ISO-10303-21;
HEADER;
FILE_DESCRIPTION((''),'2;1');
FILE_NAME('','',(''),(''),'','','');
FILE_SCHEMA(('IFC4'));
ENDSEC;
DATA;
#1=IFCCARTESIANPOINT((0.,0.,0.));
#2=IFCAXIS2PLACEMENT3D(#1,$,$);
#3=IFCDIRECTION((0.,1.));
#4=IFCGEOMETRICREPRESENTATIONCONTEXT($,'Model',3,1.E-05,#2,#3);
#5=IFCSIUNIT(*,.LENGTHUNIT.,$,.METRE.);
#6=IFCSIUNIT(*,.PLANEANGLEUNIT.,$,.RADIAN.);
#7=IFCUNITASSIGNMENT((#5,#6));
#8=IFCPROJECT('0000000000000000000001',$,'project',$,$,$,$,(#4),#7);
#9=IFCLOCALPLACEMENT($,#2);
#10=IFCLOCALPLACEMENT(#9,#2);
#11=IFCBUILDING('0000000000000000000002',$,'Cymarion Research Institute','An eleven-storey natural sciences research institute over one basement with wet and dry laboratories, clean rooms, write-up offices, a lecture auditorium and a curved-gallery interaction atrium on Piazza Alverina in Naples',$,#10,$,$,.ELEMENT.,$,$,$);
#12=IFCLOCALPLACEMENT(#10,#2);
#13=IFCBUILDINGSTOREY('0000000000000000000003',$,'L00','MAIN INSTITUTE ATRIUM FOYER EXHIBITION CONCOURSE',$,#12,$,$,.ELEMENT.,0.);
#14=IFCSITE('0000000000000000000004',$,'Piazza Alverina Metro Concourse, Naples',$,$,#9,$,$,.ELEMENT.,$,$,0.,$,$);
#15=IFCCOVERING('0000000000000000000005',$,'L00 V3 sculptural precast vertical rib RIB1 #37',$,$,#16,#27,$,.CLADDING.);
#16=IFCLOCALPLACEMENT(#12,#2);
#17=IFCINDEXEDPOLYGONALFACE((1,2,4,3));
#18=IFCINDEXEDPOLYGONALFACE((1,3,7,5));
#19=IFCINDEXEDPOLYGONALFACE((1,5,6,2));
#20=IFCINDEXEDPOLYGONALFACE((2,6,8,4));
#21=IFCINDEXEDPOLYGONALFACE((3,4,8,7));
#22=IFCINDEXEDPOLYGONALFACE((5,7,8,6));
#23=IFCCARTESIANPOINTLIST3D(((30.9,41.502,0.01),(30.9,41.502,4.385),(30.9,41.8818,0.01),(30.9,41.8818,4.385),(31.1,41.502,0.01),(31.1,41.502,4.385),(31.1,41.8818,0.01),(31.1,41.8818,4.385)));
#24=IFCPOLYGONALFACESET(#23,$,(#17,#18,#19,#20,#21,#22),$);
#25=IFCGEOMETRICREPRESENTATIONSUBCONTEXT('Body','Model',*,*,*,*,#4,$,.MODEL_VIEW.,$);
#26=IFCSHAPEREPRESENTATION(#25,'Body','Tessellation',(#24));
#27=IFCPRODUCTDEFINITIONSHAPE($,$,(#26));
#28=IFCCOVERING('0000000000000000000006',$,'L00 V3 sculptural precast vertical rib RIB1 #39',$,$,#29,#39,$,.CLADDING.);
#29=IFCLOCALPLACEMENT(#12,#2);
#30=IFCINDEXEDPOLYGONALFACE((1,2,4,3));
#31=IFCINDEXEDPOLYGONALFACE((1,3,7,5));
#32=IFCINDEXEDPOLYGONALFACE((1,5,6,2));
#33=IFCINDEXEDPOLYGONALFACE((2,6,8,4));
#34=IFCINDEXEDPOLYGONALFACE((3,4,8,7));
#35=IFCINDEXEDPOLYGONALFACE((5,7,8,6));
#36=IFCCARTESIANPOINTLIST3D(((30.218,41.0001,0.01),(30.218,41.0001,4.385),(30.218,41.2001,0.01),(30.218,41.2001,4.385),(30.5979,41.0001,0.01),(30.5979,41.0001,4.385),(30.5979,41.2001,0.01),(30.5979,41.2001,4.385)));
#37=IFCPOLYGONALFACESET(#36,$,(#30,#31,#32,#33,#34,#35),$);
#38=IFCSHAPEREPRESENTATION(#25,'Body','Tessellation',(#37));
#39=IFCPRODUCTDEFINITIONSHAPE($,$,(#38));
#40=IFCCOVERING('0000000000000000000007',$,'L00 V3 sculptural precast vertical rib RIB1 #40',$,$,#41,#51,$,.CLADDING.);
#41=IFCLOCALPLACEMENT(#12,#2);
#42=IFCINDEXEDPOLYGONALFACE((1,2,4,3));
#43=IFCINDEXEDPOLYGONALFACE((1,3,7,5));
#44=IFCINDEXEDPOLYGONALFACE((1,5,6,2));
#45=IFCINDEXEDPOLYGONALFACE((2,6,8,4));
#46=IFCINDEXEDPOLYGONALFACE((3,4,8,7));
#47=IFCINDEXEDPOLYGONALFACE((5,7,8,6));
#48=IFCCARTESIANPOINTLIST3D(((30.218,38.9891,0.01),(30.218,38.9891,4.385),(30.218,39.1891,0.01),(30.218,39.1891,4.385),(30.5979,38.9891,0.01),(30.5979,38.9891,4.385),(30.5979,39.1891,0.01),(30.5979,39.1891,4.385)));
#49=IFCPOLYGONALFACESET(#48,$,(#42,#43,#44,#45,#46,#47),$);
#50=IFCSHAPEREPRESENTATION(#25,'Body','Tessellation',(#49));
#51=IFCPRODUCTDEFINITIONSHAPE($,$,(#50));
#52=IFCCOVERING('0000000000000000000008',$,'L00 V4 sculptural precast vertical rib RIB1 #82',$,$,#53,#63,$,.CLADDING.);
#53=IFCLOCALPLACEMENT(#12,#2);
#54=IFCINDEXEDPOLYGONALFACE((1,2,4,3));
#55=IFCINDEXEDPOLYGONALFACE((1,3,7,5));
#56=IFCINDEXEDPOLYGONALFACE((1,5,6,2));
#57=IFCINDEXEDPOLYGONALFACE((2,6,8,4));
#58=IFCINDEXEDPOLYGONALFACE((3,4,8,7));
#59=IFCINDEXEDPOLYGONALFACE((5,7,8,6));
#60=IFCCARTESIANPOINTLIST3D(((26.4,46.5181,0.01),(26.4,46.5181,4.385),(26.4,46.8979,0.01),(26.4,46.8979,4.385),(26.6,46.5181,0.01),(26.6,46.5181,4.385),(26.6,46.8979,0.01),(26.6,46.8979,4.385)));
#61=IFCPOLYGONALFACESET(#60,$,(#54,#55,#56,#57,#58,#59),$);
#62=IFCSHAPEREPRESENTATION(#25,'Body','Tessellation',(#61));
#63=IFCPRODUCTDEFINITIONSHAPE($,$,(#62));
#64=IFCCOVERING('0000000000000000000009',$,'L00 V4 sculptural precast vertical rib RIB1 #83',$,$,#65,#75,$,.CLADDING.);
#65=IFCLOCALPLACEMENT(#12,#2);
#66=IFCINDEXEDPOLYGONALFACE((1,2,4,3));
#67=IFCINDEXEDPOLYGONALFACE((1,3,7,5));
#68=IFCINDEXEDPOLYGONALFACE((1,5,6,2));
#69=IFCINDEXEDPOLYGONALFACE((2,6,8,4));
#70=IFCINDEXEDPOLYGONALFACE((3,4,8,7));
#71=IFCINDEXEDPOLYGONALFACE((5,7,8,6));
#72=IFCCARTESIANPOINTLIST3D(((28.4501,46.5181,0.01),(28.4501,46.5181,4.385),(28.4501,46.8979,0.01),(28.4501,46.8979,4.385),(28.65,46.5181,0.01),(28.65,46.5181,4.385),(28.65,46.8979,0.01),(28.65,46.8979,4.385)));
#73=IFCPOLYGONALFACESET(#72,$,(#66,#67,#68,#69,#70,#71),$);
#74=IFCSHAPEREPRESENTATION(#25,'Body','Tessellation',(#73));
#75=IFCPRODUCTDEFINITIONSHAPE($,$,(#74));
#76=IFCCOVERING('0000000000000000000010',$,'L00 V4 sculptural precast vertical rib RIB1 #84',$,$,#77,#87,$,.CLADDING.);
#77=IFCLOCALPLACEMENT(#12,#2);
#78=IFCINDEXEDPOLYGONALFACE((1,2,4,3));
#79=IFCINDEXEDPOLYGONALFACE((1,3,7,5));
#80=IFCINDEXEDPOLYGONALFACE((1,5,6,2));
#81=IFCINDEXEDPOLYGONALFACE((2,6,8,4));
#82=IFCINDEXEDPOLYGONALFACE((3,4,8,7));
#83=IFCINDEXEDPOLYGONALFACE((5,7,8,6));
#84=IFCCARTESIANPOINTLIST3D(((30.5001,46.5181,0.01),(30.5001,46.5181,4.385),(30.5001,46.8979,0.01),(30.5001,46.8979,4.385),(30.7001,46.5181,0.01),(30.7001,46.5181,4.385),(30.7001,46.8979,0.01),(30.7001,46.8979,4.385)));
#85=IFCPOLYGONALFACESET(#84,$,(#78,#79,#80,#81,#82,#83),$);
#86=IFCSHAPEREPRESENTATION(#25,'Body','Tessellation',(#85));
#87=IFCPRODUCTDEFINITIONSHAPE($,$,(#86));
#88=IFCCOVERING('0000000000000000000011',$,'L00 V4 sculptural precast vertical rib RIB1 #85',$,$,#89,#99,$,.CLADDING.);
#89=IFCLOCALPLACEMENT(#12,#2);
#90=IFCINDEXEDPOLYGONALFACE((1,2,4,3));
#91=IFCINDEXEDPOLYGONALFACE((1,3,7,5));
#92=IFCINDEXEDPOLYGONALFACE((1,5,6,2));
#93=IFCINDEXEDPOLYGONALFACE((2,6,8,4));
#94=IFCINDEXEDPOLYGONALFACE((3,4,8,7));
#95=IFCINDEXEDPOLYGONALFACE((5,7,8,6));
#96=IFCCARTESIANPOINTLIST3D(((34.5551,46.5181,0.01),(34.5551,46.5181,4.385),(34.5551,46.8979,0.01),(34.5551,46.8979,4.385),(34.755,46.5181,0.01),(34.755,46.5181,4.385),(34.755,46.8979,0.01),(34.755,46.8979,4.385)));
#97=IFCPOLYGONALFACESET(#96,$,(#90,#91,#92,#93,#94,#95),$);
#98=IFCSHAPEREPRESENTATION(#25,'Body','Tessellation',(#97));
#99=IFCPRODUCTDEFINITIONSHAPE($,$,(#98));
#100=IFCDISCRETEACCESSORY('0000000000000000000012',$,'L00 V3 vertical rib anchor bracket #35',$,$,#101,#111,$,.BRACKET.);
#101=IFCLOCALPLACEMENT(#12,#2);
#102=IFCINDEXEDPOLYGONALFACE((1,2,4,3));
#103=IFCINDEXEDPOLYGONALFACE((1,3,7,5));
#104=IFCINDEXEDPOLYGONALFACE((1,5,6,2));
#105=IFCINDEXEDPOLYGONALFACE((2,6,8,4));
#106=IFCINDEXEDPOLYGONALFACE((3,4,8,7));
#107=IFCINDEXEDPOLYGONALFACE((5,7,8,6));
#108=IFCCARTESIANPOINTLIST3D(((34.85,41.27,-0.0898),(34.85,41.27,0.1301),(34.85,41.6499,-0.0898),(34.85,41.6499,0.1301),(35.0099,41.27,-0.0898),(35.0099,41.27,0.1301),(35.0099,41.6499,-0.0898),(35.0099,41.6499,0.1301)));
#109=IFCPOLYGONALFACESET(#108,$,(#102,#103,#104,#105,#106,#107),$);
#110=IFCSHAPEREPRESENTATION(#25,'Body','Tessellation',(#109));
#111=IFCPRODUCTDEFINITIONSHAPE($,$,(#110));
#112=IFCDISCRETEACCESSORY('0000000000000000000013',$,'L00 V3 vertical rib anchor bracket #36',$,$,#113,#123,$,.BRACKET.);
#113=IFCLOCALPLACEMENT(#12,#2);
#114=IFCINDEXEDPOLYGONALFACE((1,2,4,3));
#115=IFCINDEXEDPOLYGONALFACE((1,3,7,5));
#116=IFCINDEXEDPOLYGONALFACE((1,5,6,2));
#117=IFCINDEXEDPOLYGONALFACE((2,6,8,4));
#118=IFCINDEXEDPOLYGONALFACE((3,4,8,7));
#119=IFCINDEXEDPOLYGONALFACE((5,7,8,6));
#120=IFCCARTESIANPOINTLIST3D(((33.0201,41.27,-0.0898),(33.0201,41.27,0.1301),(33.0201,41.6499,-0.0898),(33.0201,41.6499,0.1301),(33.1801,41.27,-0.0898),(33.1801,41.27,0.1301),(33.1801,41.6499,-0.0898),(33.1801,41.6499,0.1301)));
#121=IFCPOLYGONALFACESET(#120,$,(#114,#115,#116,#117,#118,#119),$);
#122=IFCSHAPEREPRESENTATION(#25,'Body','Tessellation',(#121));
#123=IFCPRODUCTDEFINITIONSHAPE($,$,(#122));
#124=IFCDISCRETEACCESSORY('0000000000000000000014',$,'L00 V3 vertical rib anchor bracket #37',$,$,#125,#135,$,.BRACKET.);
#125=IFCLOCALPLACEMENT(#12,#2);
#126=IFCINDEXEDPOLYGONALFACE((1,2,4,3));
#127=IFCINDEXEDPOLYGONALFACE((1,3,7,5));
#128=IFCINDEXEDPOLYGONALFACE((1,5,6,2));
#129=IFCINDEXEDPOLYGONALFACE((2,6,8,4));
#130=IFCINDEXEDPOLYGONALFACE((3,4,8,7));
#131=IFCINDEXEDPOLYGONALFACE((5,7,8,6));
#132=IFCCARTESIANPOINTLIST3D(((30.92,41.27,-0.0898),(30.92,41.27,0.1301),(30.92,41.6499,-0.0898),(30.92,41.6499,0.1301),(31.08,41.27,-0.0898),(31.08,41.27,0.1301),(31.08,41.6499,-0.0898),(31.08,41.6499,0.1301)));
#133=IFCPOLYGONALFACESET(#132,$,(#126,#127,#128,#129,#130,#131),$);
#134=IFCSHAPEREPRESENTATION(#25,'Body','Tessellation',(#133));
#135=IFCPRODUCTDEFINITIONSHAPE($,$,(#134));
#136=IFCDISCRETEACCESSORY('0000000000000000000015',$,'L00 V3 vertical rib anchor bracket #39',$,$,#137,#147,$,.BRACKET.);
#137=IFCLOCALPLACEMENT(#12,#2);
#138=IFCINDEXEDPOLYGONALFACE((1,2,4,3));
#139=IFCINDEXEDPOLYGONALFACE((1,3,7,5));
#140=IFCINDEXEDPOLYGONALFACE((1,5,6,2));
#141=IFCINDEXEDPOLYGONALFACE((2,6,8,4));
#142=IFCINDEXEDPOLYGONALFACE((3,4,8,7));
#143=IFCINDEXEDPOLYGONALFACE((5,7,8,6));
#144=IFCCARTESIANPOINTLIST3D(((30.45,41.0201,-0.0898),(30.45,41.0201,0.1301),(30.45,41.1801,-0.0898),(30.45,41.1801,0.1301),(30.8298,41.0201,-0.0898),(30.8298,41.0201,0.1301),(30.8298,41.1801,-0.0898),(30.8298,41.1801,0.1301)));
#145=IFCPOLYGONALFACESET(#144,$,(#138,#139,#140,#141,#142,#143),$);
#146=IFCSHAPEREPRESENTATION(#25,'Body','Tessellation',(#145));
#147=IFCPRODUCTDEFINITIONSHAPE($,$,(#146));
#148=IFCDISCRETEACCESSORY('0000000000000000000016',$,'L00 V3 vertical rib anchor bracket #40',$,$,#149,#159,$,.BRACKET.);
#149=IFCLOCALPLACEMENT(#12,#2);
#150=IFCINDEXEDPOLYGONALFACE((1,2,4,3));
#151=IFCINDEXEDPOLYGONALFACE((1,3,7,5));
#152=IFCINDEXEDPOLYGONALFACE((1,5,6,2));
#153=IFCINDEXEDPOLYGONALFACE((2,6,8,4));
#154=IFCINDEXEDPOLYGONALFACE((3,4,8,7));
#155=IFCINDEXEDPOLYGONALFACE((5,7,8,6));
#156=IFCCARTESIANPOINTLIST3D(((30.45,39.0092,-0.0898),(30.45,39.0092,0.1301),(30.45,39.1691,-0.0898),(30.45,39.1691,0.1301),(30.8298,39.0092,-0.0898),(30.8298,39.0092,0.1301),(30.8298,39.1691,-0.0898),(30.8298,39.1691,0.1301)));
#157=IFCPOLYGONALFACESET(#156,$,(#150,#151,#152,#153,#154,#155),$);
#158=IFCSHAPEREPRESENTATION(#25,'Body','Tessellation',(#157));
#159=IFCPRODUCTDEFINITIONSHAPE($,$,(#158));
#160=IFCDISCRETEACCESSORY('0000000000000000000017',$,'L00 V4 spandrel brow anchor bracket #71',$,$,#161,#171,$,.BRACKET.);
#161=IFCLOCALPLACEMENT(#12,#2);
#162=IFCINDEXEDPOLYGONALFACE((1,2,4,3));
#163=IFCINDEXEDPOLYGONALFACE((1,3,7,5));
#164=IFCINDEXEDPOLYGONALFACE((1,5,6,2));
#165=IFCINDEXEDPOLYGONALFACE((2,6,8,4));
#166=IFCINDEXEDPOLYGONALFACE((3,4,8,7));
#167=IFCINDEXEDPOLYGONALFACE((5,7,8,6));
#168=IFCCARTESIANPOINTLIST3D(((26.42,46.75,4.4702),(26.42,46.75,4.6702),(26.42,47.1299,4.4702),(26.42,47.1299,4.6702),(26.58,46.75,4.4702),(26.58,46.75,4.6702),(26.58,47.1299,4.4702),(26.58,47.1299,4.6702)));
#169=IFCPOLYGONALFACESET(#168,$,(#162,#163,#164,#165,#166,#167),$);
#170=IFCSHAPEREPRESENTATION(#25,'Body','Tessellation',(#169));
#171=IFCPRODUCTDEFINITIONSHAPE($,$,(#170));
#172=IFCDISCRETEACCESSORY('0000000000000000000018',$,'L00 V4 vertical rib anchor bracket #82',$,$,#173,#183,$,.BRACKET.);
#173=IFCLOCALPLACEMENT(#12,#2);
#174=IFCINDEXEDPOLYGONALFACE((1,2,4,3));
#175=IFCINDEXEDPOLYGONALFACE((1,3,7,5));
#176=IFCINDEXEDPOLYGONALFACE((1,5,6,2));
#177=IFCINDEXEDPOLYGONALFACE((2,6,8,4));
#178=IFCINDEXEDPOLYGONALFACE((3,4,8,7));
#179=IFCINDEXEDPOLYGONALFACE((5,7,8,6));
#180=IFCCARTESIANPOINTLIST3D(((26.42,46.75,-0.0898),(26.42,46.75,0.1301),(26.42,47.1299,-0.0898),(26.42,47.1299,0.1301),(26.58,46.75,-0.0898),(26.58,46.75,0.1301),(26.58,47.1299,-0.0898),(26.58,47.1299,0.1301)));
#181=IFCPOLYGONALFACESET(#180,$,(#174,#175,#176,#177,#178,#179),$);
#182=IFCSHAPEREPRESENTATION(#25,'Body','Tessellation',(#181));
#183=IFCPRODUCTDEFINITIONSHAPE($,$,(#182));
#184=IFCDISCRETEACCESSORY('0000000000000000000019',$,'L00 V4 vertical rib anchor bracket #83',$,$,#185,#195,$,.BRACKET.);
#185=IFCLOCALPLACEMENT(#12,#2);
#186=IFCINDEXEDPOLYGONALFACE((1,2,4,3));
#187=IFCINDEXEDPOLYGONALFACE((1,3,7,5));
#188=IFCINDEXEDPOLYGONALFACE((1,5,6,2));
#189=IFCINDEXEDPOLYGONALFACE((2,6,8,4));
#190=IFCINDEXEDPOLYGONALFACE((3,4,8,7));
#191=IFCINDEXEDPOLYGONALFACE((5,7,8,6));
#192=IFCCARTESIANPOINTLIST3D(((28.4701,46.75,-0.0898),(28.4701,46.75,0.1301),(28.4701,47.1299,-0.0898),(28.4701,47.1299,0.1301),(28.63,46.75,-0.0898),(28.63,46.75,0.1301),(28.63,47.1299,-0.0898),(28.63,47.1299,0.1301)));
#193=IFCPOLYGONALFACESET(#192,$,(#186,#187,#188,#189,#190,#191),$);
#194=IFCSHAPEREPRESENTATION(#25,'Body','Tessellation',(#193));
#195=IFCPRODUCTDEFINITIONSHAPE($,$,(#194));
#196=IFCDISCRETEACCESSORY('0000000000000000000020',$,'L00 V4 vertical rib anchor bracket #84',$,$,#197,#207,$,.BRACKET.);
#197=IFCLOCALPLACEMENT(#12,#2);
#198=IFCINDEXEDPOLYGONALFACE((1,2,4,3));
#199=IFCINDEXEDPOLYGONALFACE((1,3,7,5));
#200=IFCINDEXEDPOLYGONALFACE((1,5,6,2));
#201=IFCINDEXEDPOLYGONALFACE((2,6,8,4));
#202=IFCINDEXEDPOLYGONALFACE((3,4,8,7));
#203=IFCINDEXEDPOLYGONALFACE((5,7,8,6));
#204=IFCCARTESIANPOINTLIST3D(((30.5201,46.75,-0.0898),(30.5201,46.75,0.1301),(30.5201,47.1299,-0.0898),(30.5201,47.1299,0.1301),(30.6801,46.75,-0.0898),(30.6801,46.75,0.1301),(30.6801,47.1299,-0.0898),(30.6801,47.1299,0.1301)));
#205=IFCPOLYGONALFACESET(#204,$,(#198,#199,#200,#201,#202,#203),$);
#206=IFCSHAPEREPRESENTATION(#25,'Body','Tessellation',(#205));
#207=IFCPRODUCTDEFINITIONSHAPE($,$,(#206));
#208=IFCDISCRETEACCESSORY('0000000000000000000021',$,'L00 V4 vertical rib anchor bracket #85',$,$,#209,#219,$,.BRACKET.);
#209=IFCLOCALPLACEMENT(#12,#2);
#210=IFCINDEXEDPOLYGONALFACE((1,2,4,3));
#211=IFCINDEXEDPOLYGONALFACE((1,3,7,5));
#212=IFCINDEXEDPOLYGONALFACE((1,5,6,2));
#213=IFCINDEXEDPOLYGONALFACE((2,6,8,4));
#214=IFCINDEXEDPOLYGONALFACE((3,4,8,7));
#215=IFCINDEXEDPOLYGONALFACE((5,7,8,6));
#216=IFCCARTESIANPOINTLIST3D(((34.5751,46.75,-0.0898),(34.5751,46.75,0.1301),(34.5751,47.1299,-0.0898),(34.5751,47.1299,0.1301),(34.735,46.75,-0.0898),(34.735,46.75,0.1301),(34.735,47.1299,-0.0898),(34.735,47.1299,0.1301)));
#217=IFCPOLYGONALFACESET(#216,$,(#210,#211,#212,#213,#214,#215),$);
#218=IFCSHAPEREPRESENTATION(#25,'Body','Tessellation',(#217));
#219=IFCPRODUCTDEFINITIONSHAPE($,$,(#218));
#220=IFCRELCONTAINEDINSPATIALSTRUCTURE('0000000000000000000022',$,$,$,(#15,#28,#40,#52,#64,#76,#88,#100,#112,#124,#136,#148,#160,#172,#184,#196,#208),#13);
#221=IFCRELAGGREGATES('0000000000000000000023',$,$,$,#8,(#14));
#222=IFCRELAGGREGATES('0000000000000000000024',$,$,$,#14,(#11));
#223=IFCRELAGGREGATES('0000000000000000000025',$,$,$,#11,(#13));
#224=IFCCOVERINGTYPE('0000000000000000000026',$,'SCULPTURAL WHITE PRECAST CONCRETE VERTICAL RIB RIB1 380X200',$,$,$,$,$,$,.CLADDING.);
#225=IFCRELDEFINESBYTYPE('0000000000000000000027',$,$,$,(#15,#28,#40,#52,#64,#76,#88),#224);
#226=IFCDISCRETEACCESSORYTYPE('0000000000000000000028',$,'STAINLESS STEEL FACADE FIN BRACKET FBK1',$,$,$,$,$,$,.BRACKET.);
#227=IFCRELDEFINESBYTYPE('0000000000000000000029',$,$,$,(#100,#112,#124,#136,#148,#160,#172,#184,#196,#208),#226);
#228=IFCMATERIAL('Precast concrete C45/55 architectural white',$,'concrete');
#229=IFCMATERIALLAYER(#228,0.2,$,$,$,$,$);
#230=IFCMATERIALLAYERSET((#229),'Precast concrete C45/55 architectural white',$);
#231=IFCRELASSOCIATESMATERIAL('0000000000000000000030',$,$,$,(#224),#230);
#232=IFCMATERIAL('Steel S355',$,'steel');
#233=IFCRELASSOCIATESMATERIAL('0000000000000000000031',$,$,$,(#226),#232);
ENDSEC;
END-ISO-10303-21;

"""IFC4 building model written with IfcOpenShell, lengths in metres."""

from ifc_helpers import new_model, si_unit, direction, frame, origin, origin_2d, place, context, subcontext, project, spatial, rectangle, extrude, material, layer, layer_set, type_object, element, save


model = new_model("IFC4")

# Units and contexts
model_context = context("Model", 3, precision=1e-05, world=origin(), true_north=direction((0.0, 1.0)))
body_context = subcontext(model_context, "Body", "Model", "MODEL_VIEW")
ifc_project = project(units=[si_unit("LENGTHUNIT", "METRE"), si_unit("PLANEANGLEUNIT", "RADIAN")], contexts=[model_context])

# Site, building, storey
site_placement = place(None, origin())
site = spatial("IfcSite", under=ifc_project, at=site_placement, Name="Piazza Alverina Metro Concourse, Naples", CompositionType="ELEMENT", RefElevation=0.0)
building_placement = place(site_placement, origin())
building = spatial("IfcBuilding", under=site, at=building_placement, Name="Cymarion Research Institute", Description="An eleven-storey natural sciences research institute over one basement with wet and dry laboratories, clean rooms, write-up offices, a lecture auditorium and a curved-gallery interaction atrium on Piazza Alverina in Naples", CompositionType="ELEMENT")
storey_placement = place(building_placement, origin())
storey = spatial("IfcBuildingStorey", under=building, at=storey_placement, Name="L00", Description="MAIN INSTITUTE ATRIUM FOYER EXHIBITION CONCOURSE", CompositionType="ELEMENT", Elevation=0.0)

# Shared definitions
ifc_material_1 = material(Name="Steel S355", Category="steel")

# Coverings
ifc_material_2 = material(Name="Precast concrete C45/55 architectural white", Category="concrete")
ifc_layer_1 = layer(ifc_material_2, 0.2)
ifc_layer_set_1 = layer_set([ifc_layer_1], Name="Precast concrete C45/55 architectural white")
covering_type_1 = type_object("IfcCoveringType", Name="SCULPTURAL WHITE PRECAST CONCRETE VERTICAL RIB RIB1 380X200", PredefinedType="CLADDING", material=ifc_layer_set_1)
for number, where, z_axis, x_axis, name in (
    (1, (31.0, 41.6919, 0.01), (0.0, 0.0, 1.0), (0.0, 1.0, 0.0), "L00 V3 sculptural precast vertical rib RIB1 #37"),
    (2, (30.408, 41.1001, 0.01), (0.0, 0.0, 1.0), (-1.0, 0.0, 0.0), "L00 V3 sculptural precast vertical rib RIB1 #39"),
    (3, (30.408, 39.0891, 0.01), (0.0, 0.0, 1.0), (-1.0, 0.0, 0.0), "L00 V3 sculptural precast vertical rib RIB1 #40"),
    (4, (26.5, 46.708, 0.01), (0.0, 0.0, 1.0), (0.0, -1.0, 0.0), "L00 V4 sculptural precast vertical rib RIB1 #82"),
    (5, (28.55, 46.708, 0.01), (0.0, 0.0, 1.0), (0.0, -1.0, 0.0), "L00 V4 sculptural precast vertical rib RIB1 #83"),
    (6, (30.6001, 46.708, 0.01), (0.0, 0.0, 1.0), (0.0, -1.0, 0.0), "L00 V4 sculptural precast vertical rib RIB1 #84"),
    (7, (34.655, 46.708, 0.01), (0.0, 0.0, 1.0), (0.0, -1.0, 0.0), "L00 V4 sculptural precast vertical rib RIB1 #85"),
):
    element("IfcCovering", number, at=place(storey_placement, frame(where, z_axis=z_axis, x_axis=x_axis)), inside=storey, type_object=covering_type_1, Name=name, PredefinedType="CLADDING", context=body_context, shape_type="SweptSolid", body=[
        extrude(rectangle(XDim=0.3799, YDim=0.2, at=origin_2d()), origin(), (0.0, 0.0, 1.0), 4.375),
    ])

# Discrete accessories
discrete_accessory_type = type_object("IfcDiscreteAccessoryType", Name="STAINLESS STEEL FACADE FIN BRACKET FBK1", PredefinedType="BRACKET", material=ifc_material_1)
for number, where, z_axis, x_axis, name in (
    (8, (34.9299, 41.46, -0.0898), (0.0, 0.0, 1.0), (0.0, 1.0, 0.0), "L00 V3 vertical rib anchor bracket #35"),
    (9, (33.1001, 41.46, -0.0898), (0.0, 0.0, 1.0), (0.0, 1.0, 0.0), "L00 V3 vertical rib anchor bracket #36"),
    (10, (31.0, 41.46, -0.0898), (0.0, 0.0, 1.0), (0.0, 1.0, 0.0), "L00 V3 vertical rib anchor bracket #37"),
    (11, (30.6399, 41.1001, -0.0898), (0.0, 0.0, 1.0), (-1.0, 0.0, 0.0), "L00 V3 vertical rib anchor bracket #39"),
    (12, (30.6399, 39.0891, -0.0898), (0.0, 0.0, 1.0), (-1.0, 0.0, 0.0), "L00 V3 vertical rib anchor bracket #40"),
):
    element("IfcDiscreteAccessory", number, at=place(storey_placement, frame(where, z_axis=z_axis, x_axis=x_axis)), inside=storey, type_object=discrete_accessory_type, Name=name, PredefinedType="BRACKET", context=body_context, shape_type="SweptSolid", body=[
        extrude(rectangle(XDim=0.3799, YDim=0.1599, at=origin_2d()), origin(), (0.0, 0.0, 1.0), 0.22),
    ])
discrete_accessory_placement = place(storey_placement, frame((26.5, 46.9399, 4.4702), z_axis=(0.0, 0.0, 1.0), x_axis=(0.0, -1.0, 0.0)))
element("IfcDiscreteAccessory", 13, at=discrete_accessory_placement, inside=storey, type_object=discrete_accessory_type, Name="L00 V4 spandrel brow anchor bracket #71", PredefinedType="BRACKET", context=body_context, shape_type="SweptSolid", body=[
    extrude(rectangle(XDim=0.3799, YDim=0.1599, at=origin_2d()), origin(), (0.0, 0.0, 1.0), 0.2),
])
for number, where, z_axis, x_axis, name in (
    (14, (26.5, 46.9399, -0.0898), (0.0, 0.0, 1.0), (0.0, -1.0, 0.0), "L00 V4 vertical rib anchor bracket #82"),
    (15, (28.55, 46.9399, -0.0898), (0.0, 0.0, 1.0), (0.0, -1.0, 0.0), "L00 V4 vertical rib anchor bracket #83"),
    (16, (30.6001, 46.9399, -0.0898), (0.0, 0.0, 1.0), (0.0, -1.0, 0.0), "L00 V4 vertical rib anchor bracket #84"),
    (17, (34.655, 46.9399, -0.0898), (0.0, 0.0, 1.0), (0.0, -1.0, 0.0), "L00 V4 vertical rib anchor bracket #85"),
):
    element("IfcDiscreteAccessory", number, at=place(storey_placement, frame(where, z_axis=z_axis, x_axis=x_axis)), inside=storey, type_object=discrete_accessory_type, Name=name, PredefinedType="BRACKET", context=body_context, shape_type="SweptSolid", body=[
        extrude(rectangle(XDim=0.3799, YDim=0.1599, at=origin_2d()), origin(), (0.0, 0.0, 1.0), 0.22),
    ])

save(model, "model.ifc")
